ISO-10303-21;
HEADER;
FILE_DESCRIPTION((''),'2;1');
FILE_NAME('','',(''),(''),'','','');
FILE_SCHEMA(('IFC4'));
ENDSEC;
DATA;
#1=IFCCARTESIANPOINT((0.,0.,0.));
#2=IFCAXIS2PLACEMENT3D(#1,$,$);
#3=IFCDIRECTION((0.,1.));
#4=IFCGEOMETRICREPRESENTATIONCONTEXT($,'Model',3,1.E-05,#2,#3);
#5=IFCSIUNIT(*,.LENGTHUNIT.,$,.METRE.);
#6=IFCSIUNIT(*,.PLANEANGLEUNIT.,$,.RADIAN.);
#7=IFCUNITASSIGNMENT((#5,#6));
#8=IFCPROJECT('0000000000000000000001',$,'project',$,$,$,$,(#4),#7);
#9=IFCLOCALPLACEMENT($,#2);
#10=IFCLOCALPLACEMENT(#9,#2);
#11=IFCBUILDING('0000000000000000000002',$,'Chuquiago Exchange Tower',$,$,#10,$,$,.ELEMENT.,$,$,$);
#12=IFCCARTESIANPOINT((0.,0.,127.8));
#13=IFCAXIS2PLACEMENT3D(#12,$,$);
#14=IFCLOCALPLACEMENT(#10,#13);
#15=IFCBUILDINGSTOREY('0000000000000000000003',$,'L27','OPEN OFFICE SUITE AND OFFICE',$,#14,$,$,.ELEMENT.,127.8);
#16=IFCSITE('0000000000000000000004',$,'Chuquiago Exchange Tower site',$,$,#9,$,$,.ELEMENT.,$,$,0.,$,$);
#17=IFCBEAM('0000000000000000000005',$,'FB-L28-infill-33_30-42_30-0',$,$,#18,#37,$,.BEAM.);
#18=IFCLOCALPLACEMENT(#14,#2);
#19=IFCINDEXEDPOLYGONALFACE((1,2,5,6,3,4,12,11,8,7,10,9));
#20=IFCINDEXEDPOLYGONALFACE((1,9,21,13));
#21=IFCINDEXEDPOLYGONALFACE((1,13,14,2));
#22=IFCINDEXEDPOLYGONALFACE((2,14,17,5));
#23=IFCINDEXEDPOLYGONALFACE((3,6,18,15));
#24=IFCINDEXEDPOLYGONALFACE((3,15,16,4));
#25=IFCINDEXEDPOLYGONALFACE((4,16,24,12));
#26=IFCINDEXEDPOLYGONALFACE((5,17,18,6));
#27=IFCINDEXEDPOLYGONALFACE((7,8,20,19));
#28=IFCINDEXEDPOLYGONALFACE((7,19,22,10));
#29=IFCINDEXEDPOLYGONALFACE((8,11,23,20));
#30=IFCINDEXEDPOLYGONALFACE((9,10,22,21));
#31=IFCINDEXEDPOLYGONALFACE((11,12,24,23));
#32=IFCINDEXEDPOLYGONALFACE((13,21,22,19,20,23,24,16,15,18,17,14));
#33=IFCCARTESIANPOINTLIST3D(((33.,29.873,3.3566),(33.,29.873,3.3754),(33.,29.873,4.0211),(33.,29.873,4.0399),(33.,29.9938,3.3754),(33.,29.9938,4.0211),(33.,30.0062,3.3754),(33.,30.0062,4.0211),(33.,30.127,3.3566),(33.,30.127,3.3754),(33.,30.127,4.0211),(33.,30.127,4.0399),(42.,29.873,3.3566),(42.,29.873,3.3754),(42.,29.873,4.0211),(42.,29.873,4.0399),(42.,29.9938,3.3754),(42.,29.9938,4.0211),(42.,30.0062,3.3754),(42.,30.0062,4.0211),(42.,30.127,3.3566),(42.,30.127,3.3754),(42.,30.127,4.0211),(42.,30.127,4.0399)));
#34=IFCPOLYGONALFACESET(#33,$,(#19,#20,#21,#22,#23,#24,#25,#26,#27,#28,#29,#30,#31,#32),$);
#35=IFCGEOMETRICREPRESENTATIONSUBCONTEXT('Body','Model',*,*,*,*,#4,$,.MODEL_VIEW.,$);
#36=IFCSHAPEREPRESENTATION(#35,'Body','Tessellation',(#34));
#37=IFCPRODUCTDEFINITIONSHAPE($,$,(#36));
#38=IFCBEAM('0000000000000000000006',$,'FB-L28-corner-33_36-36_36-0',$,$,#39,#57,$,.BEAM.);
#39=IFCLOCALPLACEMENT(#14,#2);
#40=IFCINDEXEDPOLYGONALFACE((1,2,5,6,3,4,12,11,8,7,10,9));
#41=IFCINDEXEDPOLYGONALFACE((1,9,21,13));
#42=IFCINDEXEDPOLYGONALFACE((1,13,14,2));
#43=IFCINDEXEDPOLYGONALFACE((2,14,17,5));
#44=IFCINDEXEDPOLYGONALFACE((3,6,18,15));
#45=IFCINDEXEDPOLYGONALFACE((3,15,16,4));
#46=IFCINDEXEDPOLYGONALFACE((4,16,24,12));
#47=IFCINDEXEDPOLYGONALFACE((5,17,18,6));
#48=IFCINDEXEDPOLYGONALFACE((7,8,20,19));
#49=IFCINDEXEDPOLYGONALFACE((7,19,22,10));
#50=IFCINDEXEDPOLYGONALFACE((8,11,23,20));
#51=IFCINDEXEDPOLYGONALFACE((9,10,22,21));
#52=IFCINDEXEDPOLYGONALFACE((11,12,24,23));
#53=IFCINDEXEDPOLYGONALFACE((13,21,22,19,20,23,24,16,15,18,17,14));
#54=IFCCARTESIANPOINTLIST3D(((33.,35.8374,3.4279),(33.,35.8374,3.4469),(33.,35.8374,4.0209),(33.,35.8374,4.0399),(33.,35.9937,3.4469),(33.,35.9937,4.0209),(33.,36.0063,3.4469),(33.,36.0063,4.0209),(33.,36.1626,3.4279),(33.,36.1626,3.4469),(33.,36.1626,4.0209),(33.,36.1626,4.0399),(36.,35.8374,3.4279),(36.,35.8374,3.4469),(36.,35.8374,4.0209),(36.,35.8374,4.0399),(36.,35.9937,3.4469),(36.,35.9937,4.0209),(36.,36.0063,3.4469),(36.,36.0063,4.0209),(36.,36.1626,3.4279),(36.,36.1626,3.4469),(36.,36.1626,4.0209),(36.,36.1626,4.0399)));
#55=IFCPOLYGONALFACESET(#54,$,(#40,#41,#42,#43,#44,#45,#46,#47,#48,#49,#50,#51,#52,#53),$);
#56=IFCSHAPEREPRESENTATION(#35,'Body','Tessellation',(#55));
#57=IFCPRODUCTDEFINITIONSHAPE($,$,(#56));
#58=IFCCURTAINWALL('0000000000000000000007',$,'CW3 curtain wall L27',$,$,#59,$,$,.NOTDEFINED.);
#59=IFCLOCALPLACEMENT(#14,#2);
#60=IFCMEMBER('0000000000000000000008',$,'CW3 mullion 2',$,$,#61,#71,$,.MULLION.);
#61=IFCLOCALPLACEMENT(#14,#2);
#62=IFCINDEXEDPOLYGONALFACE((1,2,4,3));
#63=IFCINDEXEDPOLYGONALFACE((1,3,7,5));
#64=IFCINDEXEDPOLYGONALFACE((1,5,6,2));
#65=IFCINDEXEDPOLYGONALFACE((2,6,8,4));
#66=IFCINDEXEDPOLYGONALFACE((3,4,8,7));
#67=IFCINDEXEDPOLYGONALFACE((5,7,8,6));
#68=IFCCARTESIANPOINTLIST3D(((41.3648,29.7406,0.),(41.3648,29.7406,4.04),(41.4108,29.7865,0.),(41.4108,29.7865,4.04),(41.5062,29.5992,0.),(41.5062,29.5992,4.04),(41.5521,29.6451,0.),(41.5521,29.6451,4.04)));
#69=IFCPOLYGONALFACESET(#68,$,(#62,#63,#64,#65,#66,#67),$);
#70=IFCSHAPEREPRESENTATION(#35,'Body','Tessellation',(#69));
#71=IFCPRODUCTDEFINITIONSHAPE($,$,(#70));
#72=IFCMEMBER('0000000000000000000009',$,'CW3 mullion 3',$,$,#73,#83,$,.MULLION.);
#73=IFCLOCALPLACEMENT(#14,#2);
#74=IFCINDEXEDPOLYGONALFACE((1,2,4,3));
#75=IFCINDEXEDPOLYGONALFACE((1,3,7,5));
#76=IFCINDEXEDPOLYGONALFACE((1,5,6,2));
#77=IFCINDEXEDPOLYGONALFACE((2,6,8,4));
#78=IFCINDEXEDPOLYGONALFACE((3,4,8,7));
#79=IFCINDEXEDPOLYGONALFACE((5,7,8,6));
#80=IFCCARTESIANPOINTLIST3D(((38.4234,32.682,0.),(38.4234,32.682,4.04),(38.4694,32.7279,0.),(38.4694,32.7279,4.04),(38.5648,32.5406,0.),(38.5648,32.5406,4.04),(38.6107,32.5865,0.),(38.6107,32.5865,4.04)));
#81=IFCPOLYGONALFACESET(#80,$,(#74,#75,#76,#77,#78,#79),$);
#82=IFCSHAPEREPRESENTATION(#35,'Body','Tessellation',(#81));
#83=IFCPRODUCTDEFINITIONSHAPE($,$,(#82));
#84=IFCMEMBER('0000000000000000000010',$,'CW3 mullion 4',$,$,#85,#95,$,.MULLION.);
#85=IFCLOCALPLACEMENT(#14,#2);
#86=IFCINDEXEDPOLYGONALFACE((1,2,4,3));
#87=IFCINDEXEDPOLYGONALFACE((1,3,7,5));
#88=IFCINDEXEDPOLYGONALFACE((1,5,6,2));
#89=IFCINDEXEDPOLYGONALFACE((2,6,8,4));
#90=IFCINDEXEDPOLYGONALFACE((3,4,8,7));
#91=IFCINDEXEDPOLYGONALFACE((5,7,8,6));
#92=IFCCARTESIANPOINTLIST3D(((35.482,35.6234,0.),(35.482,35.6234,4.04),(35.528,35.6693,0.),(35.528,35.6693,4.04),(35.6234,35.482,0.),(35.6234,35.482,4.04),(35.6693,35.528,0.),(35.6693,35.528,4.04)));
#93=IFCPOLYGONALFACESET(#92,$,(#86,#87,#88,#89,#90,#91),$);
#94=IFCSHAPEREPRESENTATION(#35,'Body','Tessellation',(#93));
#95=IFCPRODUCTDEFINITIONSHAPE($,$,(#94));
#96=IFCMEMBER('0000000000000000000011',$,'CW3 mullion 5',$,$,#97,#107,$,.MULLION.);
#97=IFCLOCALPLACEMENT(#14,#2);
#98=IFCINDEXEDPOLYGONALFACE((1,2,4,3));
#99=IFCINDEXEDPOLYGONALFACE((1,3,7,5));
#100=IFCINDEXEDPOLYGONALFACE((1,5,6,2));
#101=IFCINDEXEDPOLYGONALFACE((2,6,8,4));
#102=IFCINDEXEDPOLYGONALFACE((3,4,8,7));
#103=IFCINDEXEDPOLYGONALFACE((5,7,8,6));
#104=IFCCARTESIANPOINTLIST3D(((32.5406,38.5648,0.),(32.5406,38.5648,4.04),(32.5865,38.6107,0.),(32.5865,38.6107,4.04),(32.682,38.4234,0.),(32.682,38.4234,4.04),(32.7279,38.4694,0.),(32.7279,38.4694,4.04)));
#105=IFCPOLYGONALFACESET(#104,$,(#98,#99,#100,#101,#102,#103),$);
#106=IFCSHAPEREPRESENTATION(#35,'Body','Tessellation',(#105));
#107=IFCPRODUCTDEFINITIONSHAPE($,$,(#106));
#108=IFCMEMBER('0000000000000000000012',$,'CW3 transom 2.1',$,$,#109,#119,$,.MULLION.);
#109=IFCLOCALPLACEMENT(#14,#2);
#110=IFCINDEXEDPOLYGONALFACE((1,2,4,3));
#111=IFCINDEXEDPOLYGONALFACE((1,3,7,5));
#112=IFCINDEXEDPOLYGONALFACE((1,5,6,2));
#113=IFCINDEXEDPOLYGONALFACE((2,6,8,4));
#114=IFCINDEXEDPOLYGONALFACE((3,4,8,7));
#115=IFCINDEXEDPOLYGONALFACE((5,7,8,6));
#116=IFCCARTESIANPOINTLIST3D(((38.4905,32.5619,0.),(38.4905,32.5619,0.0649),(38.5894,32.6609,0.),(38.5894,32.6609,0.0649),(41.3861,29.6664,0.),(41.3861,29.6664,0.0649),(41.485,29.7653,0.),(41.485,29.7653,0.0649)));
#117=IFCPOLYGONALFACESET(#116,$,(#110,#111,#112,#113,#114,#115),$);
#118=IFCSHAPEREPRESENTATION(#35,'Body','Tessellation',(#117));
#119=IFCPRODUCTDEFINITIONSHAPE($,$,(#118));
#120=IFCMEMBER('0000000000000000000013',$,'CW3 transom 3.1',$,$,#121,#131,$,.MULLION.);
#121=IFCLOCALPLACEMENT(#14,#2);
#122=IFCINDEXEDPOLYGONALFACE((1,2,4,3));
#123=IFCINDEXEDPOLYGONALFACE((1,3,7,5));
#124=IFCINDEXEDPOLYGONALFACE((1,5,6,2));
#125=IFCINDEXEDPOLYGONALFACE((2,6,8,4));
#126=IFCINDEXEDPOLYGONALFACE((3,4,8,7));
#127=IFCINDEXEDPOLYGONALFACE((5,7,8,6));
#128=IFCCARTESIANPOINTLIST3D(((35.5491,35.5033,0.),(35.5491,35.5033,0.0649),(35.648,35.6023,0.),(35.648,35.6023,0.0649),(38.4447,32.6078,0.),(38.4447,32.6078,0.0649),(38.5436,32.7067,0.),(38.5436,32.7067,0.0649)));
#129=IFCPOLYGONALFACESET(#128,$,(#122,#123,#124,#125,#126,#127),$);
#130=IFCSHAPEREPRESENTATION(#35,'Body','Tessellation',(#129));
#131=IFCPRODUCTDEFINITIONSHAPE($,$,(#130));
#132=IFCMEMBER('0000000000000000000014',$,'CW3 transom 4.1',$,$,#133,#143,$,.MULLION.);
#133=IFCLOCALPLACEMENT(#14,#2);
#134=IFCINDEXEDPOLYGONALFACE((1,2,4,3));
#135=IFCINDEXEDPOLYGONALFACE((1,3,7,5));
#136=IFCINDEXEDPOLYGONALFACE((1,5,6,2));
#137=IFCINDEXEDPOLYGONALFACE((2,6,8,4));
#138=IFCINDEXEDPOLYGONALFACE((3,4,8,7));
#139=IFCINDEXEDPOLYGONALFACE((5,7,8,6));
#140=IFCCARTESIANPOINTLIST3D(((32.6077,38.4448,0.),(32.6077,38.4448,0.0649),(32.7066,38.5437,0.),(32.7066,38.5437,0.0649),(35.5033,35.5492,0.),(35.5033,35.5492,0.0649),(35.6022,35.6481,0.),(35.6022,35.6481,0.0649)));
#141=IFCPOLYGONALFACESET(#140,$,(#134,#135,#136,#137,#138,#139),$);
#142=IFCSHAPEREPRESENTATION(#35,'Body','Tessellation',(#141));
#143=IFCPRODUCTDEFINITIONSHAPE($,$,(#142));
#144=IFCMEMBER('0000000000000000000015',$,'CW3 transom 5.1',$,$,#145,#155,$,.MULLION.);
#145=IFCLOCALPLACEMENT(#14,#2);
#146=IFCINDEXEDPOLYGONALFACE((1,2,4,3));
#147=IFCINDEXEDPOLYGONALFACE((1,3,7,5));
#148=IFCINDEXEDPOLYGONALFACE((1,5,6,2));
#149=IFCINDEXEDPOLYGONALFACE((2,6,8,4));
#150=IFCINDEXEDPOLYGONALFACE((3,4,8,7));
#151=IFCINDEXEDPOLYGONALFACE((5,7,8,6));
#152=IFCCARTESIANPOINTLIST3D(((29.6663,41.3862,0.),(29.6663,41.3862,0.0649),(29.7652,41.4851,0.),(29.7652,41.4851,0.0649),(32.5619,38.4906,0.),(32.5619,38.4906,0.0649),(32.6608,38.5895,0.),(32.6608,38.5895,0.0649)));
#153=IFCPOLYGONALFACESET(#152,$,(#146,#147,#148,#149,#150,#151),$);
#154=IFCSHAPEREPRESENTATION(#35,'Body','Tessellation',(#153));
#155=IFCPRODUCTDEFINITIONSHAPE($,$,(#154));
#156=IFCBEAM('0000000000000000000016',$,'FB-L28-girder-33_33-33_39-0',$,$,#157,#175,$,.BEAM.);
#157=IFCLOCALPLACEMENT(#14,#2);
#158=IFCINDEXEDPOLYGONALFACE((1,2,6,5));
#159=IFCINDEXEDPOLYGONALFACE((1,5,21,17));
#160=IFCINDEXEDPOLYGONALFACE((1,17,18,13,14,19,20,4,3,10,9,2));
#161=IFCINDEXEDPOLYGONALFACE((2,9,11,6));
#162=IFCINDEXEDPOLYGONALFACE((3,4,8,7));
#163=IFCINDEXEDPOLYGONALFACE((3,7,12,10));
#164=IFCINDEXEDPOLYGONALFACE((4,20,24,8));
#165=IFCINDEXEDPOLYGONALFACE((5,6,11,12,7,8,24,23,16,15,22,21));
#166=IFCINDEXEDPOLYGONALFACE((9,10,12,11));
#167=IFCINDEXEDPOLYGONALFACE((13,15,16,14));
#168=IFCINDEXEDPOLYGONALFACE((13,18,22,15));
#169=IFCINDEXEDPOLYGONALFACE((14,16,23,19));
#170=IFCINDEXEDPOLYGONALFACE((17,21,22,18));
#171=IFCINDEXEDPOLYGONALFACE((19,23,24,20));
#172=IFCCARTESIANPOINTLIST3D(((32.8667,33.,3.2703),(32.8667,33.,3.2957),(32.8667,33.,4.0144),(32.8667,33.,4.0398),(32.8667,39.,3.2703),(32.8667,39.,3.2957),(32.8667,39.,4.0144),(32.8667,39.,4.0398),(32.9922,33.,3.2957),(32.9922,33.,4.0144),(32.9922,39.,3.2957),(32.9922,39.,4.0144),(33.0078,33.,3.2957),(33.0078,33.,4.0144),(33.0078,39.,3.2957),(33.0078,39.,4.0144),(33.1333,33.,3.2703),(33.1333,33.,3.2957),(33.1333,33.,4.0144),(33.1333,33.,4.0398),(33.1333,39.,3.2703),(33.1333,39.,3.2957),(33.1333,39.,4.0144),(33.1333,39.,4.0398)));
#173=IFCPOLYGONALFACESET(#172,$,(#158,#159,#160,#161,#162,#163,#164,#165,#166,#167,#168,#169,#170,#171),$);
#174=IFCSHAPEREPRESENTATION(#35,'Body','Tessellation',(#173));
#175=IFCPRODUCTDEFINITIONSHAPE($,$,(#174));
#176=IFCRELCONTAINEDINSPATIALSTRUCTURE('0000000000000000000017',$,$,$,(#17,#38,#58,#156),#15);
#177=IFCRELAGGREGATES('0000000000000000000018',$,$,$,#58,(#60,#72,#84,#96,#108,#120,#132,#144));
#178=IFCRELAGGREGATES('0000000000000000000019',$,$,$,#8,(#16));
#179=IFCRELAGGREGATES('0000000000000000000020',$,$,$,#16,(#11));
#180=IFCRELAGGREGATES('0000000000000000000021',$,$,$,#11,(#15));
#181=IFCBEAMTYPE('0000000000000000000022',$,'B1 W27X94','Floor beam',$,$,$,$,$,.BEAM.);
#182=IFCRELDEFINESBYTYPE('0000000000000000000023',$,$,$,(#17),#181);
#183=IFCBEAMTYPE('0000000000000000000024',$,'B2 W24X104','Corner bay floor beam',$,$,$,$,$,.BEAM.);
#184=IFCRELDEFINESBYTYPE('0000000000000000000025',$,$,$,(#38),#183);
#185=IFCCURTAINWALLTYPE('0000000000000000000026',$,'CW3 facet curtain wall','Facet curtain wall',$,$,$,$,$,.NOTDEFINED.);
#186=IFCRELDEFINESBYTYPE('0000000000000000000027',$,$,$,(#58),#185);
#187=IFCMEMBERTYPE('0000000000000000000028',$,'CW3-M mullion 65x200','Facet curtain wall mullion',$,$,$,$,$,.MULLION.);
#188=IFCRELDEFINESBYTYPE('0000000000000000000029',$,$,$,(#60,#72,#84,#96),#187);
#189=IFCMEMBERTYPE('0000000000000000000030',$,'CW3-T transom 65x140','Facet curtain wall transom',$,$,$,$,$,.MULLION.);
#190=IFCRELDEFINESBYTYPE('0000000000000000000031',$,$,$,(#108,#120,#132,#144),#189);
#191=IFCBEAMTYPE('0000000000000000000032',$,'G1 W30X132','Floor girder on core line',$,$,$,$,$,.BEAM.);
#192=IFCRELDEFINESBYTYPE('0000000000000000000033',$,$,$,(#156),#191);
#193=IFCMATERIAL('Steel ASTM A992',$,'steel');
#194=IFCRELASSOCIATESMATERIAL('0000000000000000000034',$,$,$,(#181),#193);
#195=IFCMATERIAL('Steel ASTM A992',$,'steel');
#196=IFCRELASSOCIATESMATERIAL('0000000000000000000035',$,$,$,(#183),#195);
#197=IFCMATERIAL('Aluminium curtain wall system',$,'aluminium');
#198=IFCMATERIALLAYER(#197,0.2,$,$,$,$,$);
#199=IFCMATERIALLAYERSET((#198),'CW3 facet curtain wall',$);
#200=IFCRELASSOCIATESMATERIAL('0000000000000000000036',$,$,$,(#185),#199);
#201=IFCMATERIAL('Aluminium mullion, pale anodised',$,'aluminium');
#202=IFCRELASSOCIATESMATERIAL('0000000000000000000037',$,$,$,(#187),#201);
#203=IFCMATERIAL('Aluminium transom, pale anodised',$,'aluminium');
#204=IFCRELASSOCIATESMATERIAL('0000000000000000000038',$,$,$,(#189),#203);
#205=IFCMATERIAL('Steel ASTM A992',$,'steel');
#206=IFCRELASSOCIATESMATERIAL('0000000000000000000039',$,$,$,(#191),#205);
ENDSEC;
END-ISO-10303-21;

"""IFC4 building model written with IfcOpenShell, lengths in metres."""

from ifc_helpers import new_model, si_unit, direction, frame, origin, origin_2d, place, context, subcontext, project, spatial, rectangle, i_section, extrude, material, layer, layer_set, material_profile, profile_set, type_object, element, aggregate, save


model = new_model("IFC4")

# Units and contexts
model_context = context("Model", 3, precision=1e-05, world=origin(), true_north=direction((0.0, 1.0)))
body_context = subcontext(model_context, "Body", "Model", "MODEL_VIEW")
ifc_project = project(units=[si_unit("LENGTHUNIT", "METRE"), si_unit("PLANEANGLEUNIT", "RADIAN")], contexts=[model_context])

# Site, building, storey
site_placement = place(None, origin())
site = spatial("IfcSite", under=ifc_project, at=site_placement, Name="Chuquiago Exchange Tower site", CompositionType="ELEMENT", RefElevation=0.0)
building_placement = place(site_placement, origin())
building = spatial("IfcBuilding", under=site, at=building_placement, Name="Chuquiago Exchange Tower", CompositionType="ELEMENT")
storey_placement = place(building_placement, frame((0.0, 0.0, 127.8)))
storey = spatial("IfcBuildingStorey", under=building, at=storey_placement, Name="L27", Description="OPEN OFFICE SUITE AND OFFICE", CompositionType="ELEMENT", Elevation=127.8)

# Beams
ifc_material_1 = material(Name="Steel ASTM A992", Category="steel")
ifc_material_profile_1 = material_profile(ifc_material_1, i_section(OverallWidth=0.2539, OverallDepth=0.6833, WebThickness=0.0125, FlangeThickness=0.0188, at=origin_2d()), Name="W27X94")
ifc_profile_set_1 = profile_set([ifc_material_profile_1], Name="Steel ASTM A992")
beam_type_1 = type_object("IfcBeamType", Name="B1 W27X94", Description="Floor beam", PredefinedType="BEAM", material=ifc_profile_set_1)
beam_1_placement = place(storey_placement, frame((33.0, 30.0, 3.6982), z_axis=(1.0, 0.0, 0.0), x_axis=(0.0, 1.0, 0.0)))
element("IfcBeam", 1, at=beam_1_placement, inside=storey, type_object=beam_type_1, Name="FB-L28-infill-33_30-42_30-0", PredefinedType="BEAM", context=body_context, shape_type="SweptSolid", body=[
    extrude(i_section(OverallWidth=0.2539, OverallDepth=0.6833, WebThickness=0.0125, FlangeThickness=0.0188, at=origin_2d()), origin(), (0.0, 0.0, 1.0), 9.0),
])
ifc_material_2 = material(Name="Steel ASTM A992", Category="steel")
ifc_material_profile_2 = material_profile(ifc_material_2, i_section(OverallWidth=0.3252, OverallDepth=0.6121, WebThickness=0.0127, FlangeThickness=0.019, at=origin_2d()), Name="W24X104")
ifc_profile_set_2 = profile_set([ifc_material_profile_2], Name="Steel ASTM A992")
beam_type_2 = type_object("IfcBeamType", Name="B2 W24X104", Description="Corner bay floor beam", PredefinedType="BEAM", material=ifc_profile_set_2)
beam_2_placement = place(storey_placement, frame((33.0, 36.0, 3.7339), z_axis=(1.0, 0.0, 0.0), x_axis=(0.0, 1.0, 0.0)))
element("IfcBeam", 2, at=beam_2_placement, inside=storey, type_object=beam_type_2, Name="FB-L28-corner-33_36-36_36-0", PredefinedType="BEAM", context=body_context, shape_type="SweptSolid", body=[
    extrude(i_section(OverallWidth=0.3252, OverallDepth=0.6121, WebThickness=0.0127, FlangeThickness=0.019, at=origin_2d()), origin(), (0.0, 0.0, 1.0), 3.0),
])

# Curtain wall, members
ifc_material_3 = material(Name="Aluminium curtain wall system", Category="aluminium")
ifc_layer_1 = layer(ifc_material_3, 0.2)
ifc_layer_set_1 = layer_set([ifc_layer_1], Name="CW3 facet curtain wall")
curtain_wall_type = type_object("IfcCurtainWallType", Name="CW3 facet curtain wall", Description="Facet curtain wall", PredefinedType="NOTDEFINED", material=ifc_layer_set_1)
curtain_wall_placement = place(storey_placement, origin())
curtain_wall = element("IfcCurtainWall", 3, at=curtain_wall_placement, inside=storey, type_object=curtain_wall_type, Name="CW3 curtain wall L27", PredefinedType="NOTDEFINED")
ifc_material_4 = material(Name="Aluminium mullion, pale anodised", Category="aluminium")
ifc_material_profile_3 = material_profile(ifc_material_4, rectangle(XDim=0.0649, YDim=0.2, at=origin_2d()), Name="AL 65x200")
ifc_profile_set_3 = profile_set([ifc_material_profile_3], Name="Aluminium mullion, pale anodised")
member_type_1 = type_object("IfcMemberType", Name="CW3-M mullion 65x200", Description="Facet curtain wall mullion", PredefinedType="MULLION", material=ifc_profile_set_3)
member_1_placement = place(storey_placement, frame((41.4585, 29.6929, 0.0), z_axis=(0.0, 0.0, 1.0), x_axis=(-0.707107, -0.707107, 0.0)))
member_1 = element("IfcMember", 4, at=member_1_placement, type_object=member_type_1, Name="CW3 mullion 2", PredefinedType="MULLION", context=body_context, shape_type="SweptSolid", body=[
    extrude(rectangle(XDim=0.0649, YDim=0.2, at=origin_2d()), origin(), (0.0, 0.0, 1.0), 4.04),
])
member_2_placement = place(storey_placement, frame((38.5171, 32.6343, 0.0), z_axis=(0.0, 0.0, 1.0), x_axis=(-0.707107, -0.707107, 0.0)))
member_2 = element("IfcMember", 5, at=member_2_placement, type_object=member_type_1, Name="CW3 mullion 3", PredefinedType="MULLION", context=body_context, shape_type="SweptSolid", body=[
    extrude(rectangle(XDim=0.0649, YDim=0.2, at=origin_2d()), origin(), (0.0, 0.0, 1.0), 4.04),
])
member_3_placement = place(storey_placement, frame((35.5757, 35.5757, 0.0), z_axis=(0.0, 0.0, 1.0), x_axis=(-0.707107, -0.707107, 0.0)))
member_3 = element("IfcMember", 6, at=member_3_placement, type_object=member_type_1, Name="CW3 mullion 4", PredefinedType="MULLION", context=body_context, shape_type="SweptSolid", body=[
    extrude(rectangle(XDim=0.0649, YDim=0.2, at=origin_2d()), origin(), (0.0, 0.0, 1.0), 4.04),
])
member_4_placement = place(storey_placement, frame((32.6343, 38.5171, 0.0), z_axis=(0.0, 0.0, 1.0), x_axis=(-0.707107, -0.707107, 0.0)))
member_4 = element("IfcMember", 7, at=member_4_placement, type_object=member_type_1, Name="CW3 mullion 5", PredefinedType="MULLION", context=body_context, shape_type="SweptSolid", body=[
    extrude(rectangle(XDim=0.0649, YDim=0.2, at=origin_2d()), origin(), (0.0, 0.0, 1.0), 4.04),
])
ifc_material_5 = material(Name="Aluminium transom, pale anodised", Category="aluminium")
ifc_material_profile_4 = material_profile(ifc_material_5, rectangle(XDim=0.1399, YDim=0.0649, at=origin_2d()), Name="AL 140x65")
ifc_profile_set_4 = profile_set([ifc_material_profile_4], Name="Aluminium transom, pale anodised")
member_type_2 = type_object("IfcMemberType", Name="CW3-T transom 65x140", Description="Facet curtain wall transom", PredefinedType="MULLION", material=ifc_profile_set_4)
member_5_placement = place(storey_placement, frame((41.4355, 29.7158, 0.0325), z_axis=(-0.707107, 0.707107, 0.0), x_axis=(-0.707107, -0.707107, 0.0)))
member_5 = element("IfcMember", 8, at=member_5_placement, type_object=member_type_2, Name="CW3 transom 2.1", PredefinedType="MULLION", context=body_context, shape_type="SweptSolid", body=[
    extrude(rectangle(XDim=0.1399, YDim=0.0649, at=origin_2d()), origin(), (0.0, 0.0, 1.0), 4.095),
])
member_6_placement = place(storey_placement, frame((38.4941, 32.6572, 0.0325), z_axis=(-0.707107, 0.707107, 0.0), x_axis=(-0.707107, -0.707107, 0.0)))
member_6 = element("IfcMember", 9, at=member_6_placement, type_object=member_type_2, Name="CW3 transom 3.1", PredefinedType="MULLION", context=body_context, shape_type="SweptSolid", body=[
    extrude(rectangle(XDim=0.1399, YDim=0.0649, at=origin_2d()), origin(), (0.0, 0.0, 1.0), 4.095),
])
member_7_placement = place(storey_placement, frame((35.5527, 35.5986, 0.0325), z_axis=(-0.707107, 0.707107, 0.0), x_axis=(-0.707107, -0.707107, 0.0)))
member_7 = element("IfcMember", 10, at=member_7_placement, type_object=member_type_2, Name="CW3 transom 4.1", PredefinedType="MULLION", context=body_context, shape_type="SweptSolid", body=[
    extrude(rectangle(XDim=0.1399, YDim=0.0649, at=origin_2d()), origin(), (0.0, 0.0, 1.0), 4.095),
])
member_8_placement = place(storey_placement, frame((32.6113, 38.54, 0.0325), z_axis=(-0.707107, 0.707107, 0.0), x_axis=(-0.707107, -0.707107, 0.0)))
member_8 = element("IfcMember", 11, at=member_8_placement, type_object=member_type_2, Name="CW3 transom 5.1", PredefinedType="MULLION", context=body_context, shape_type="SweptSolid", body=[
    extrude(rectangle(XDim=0.1399, YDim=0.0649, at=origin_2d()), origin(), (0.0, 0.0, 1.0), 4.095),
])

# Beam
ifc_material_6 = material(Name="Steel ASTM A992", Category="steel")
ifc_material_profile_5 = material_profile(ifc_material_6, i_section(OverallWidth=0.2666, OverallDepth=0.7695, WebThickness=0.0156, FlangeThickness=0.0254, at=origin_2d()), Name="W30X132")
ifc_profile_set_5 = profile_set([ifc_material_profile_5], Name="Steel ASTM A992")
beam_type_3 = type_object("IfcBeamType", Name="G1 W30X132", Description="Floor girder on core line", PredefinedType="BEAM", material=ifc_profile_set_5)
for number, where, z_axis, x_axis, name in (
    (12, (33.0, 33.0, 3.655), (0.0, 1.0, 0.0), (-1.0, 0.0, 0.0), "FB-L28-girder-33_33-33_39-0"),
):
    element("IfcBeam", number, at=place(storey_placement, frame(where, z_axis=z_axis, x_axis=x_axis)), inside=storey, type_object=beam_type_3, Name=name, PredefinedType="BEAM", context=body_context, shape_type="SweptSolid", body=[
        extrude(i_section(OverallWidth=0.2666, OverallDepth=0.7695, WebThickness=0.0156, FlangeThickness=0.0254, at=origin_2d()), origin(), (0.0, 0.0, 1.0), 6.0),
    ])

aggregate(curtain_wall, [member_1, member_2, member_3, member_4, member_5, member_6, member_7, member_8])

save(model, "model.ifc")
